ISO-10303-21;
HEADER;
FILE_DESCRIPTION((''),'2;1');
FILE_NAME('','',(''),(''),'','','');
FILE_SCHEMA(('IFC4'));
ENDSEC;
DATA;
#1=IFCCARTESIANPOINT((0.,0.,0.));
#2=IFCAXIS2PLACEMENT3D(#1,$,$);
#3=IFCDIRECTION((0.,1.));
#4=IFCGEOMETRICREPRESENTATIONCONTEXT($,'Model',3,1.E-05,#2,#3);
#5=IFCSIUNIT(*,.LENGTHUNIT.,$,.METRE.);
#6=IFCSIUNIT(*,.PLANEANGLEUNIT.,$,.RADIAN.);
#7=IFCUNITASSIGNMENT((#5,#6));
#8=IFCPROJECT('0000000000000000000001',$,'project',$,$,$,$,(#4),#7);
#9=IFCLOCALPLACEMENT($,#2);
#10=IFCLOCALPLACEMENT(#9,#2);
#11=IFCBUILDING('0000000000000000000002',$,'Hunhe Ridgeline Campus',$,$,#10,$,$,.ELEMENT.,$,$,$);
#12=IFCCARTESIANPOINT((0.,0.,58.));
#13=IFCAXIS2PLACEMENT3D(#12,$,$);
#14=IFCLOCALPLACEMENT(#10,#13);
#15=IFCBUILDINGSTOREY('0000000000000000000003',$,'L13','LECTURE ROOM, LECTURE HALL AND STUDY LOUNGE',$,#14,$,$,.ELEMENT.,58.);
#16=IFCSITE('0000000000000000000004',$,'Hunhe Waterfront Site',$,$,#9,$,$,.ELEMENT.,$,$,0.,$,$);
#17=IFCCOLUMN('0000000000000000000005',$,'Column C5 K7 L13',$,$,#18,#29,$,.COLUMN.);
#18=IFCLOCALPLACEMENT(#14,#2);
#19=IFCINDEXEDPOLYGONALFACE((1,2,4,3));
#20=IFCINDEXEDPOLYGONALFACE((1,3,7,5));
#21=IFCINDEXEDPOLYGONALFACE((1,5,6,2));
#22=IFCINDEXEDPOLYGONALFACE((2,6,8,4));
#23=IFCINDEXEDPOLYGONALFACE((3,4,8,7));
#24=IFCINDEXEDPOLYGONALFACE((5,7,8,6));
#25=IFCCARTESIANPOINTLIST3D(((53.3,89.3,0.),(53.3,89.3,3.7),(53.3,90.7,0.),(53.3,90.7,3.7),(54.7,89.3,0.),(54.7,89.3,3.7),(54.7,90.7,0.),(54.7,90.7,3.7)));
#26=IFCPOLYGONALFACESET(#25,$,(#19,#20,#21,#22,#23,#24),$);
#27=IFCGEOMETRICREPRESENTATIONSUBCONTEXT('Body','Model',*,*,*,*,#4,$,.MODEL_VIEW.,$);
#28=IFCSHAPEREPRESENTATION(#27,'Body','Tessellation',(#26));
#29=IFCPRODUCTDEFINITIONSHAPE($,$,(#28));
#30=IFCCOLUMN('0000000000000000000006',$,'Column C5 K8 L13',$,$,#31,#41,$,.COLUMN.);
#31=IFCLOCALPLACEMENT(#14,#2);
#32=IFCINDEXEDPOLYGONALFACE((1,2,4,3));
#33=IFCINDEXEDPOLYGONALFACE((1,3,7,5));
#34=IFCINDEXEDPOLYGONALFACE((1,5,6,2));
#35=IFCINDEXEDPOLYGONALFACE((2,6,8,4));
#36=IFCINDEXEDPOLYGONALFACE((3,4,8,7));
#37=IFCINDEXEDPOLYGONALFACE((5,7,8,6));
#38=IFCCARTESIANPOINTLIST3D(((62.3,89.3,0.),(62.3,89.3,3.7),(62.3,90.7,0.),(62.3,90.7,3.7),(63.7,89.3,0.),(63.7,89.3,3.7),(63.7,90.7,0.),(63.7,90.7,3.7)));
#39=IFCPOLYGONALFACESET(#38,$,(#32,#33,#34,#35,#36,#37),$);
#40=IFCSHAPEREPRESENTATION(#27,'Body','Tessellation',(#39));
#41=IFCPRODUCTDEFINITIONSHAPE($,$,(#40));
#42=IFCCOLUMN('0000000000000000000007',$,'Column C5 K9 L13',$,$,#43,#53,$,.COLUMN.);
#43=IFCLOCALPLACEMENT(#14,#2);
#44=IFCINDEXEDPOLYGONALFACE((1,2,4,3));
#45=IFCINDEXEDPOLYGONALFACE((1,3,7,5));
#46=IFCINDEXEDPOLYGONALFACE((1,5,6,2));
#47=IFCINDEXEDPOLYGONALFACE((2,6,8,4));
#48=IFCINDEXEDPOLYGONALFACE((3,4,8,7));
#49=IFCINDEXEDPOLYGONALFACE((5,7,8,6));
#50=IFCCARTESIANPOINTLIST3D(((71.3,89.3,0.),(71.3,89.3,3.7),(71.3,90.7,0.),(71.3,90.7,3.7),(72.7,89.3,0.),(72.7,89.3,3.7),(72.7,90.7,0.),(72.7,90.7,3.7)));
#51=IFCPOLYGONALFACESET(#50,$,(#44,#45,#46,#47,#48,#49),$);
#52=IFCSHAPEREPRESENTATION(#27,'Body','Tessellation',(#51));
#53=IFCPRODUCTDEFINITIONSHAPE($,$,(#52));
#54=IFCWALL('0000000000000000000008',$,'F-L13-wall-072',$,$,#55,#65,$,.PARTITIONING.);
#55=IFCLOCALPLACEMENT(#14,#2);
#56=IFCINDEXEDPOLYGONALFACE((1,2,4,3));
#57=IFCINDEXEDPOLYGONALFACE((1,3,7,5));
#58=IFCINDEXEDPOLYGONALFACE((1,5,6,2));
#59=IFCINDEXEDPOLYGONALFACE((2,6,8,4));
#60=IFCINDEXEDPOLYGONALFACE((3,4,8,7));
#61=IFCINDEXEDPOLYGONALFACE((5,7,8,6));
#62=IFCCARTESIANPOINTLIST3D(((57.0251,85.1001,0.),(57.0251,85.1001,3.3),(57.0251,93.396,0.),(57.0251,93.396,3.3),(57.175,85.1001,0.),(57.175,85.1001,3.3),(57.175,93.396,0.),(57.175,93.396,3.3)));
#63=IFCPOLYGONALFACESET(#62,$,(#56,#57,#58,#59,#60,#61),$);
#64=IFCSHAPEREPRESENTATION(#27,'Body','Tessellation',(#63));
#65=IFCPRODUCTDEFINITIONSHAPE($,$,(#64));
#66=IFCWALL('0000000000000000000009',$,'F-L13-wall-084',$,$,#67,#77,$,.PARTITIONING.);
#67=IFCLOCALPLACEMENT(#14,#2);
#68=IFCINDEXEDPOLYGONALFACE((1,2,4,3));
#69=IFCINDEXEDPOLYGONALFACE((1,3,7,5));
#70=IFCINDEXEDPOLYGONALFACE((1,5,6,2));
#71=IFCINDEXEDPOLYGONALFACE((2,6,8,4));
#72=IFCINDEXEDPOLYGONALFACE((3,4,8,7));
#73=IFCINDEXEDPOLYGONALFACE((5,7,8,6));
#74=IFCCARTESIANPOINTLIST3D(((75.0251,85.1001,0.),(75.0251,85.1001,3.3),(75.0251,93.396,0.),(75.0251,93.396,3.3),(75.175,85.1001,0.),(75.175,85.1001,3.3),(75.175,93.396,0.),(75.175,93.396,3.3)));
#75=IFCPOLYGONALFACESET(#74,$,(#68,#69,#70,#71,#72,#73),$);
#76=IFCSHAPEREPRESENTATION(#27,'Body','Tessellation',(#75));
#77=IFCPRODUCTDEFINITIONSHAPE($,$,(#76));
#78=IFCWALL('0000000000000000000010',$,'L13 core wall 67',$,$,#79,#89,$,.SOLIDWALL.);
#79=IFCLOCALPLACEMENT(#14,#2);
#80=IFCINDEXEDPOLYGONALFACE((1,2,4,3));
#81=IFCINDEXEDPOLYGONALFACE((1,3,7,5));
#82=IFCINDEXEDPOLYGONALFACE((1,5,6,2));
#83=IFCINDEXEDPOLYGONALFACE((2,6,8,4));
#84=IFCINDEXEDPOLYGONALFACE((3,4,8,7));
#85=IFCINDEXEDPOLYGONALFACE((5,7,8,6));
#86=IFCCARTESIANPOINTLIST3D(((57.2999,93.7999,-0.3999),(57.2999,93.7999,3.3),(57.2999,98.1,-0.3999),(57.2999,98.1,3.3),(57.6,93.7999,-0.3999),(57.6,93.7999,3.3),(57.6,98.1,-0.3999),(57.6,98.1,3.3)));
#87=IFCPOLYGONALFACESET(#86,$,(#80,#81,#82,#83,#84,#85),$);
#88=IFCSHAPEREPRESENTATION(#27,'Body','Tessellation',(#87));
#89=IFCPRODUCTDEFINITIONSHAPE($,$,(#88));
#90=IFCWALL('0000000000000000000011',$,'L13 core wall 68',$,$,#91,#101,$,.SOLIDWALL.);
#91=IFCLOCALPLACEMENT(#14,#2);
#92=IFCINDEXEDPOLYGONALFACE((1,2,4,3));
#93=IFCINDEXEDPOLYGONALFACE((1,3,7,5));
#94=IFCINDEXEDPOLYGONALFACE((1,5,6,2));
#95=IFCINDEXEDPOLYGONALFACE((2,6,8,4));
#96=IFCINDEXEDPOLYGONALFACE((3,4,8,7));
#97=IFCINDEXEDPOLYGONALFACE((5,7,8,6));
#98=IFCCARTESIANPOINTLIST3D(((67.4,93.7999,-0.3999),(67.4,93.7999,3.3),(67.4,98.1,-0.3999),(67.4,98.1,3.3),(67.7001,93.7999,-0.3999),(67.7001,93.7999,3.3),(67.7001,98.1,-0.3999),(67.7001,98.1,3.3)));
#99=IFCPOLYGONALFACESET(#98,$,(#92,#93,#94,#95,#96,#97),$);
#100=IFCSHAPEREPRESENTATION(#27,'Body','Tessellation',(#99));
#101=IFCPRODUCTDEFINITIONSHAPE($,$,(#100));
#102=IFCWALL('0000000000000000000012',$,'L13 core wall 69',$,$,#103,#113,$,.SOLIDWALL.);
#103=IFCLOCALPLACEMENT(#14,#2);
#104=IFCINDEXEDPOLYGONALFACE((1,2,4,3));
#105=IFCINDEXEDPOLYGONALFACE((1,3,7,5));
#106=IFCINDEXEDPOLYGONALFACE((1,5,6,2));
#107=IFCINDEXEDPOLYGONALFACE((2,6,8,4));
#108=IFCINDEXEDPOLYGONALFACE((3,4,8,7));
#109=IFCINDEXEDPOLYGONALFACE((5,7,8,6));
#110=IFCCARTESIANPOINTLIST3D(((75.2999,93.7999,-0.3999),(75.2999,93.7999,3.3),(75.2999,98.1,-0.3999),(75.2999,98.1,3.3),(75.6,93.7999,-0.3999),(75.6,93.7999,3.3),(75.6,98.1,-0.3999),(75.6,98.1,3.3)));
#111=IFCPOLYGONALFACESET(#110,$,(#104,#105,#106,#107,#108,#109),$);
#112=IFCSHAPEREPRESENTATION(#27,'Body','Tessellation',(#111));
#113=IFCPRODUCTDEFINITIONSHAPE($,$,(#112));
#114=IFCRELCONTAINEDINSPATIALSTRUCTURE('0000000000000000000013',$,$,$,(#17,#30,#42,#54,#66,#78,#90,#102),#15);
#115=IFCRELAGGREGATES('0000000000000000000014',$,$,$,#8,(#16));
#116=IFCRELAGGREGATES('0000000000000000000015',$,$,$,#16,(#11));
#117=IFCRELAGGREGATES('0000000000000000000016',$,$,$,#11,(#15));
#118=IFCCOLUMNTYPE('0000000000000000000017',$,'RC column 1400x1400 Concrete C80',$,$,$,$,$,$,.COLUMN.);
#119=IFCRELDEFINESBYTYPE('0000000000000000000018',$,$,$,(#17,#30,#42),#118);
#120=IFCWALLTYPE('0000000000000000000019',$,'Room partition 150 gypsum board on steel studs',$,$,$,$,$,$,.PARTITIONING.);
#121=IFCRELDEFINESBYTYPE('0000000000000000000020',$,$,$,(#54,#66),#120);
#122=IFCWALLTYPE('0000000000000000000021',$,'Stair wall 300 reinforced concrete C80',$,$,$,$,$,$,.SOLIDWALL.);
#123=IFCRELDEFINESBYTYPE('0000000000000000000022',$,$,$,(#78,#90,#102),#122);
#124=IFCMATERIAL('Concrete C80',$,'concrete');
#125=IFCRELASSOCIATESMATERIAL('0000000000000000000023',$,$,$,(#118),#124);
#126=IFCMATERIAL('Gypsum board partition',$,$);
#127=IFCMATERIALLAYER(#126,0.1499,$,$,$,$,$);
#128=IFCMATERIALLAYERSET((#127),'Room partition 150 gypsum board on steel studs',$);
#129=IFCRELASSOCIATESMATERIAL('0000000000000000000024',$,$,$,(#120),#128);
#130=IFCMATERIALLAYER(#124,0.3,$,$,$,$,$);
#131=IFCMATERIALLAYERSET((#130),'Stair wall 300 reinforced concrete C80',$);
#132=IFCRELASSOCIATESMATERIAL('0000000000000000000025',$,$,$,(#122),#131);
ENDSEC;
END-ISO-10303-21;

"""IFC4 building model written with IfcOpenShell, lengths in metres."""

from ifc_helpers import new_model, si_unit, direction, frame, frame_2d, origin, origin_2d, place, context, subcontext, project, spatial, rectangle, extrude, material, layer, layer_set, material_profile, profile_set, type_object, element, save


model = new_model("IFC4")

# Units and contexts
model_context = context("Model", 3, precision=1e-05, world=origin(), true_north=direction((0.0, 1.0)))
body_context = subcontext(model_context, "Body", "Model", "MODEL_VIEW")
ifc_project = project(units=[si_unit("LENGTHUNIT", "METRE"), si_unit("PLANEANGLEUNIT", "RADIAN")], contexts=[model_context])

# Site, building, storey
site_placement = place(None, origin())
site = spatial("IfcSite", under=ifc_project, at=site_placement, Name="Hunhe Waterfront Site", CompositionType="ELEMENT", RefElevation=0.0)
building_placement = place(site_placement, origin())
building = spatial("IfcBuilding", under=site, at=building_placement, Name="Hunhe Ridgeline Campus", CompositionType="ELEMENT")
storey_placement = place(building_placement, frame((0.0, 0.0, 58.0)))
storey = spatial("IfcBuildingStorey", under=building, at=storey_placement, Name="L13", Description="LECTURE ROOM, LECTURE HALL AND STUDY LOUNGE", CompositionType="ELEMENT", Elevation=58.0)

# Columns
ifc_material_1 = material(Name="Concrete C80", Category="concrete")
ifc_material_profile = material_profile(ifc_material_1, rectangle(XDim=1.3999, YDim=1.3999, at=origin_2d()))
ifc_profile_set = profile_set([ifc_material_profile], Name="Concrete C80")
column_type = type_object("IfcColumnType", Name="RC column 1400x1400 Concrete C80", PredefinedType="COLUMN", material=ifc_profile_set)
for number, where, z_axis, x_axis, name in (
    (1, (54.0, 90.0, 0.0), (0.0, 0.0, 1.0), (1.0, 0.0, 0.0), "Column C5 K7 L13"),
    (2, (63.0, 90.0, 0.0), (0.0, 0.0, 1.0), (1.0, 0.0, 0.0), "Column C5 K8 L13"),
    (3, (72.0, 90.0, 0.0), (0.0, 0.0, 1.0), (1.0, 0.0, 0.0), "Column C5 K9 L13"),
):
    element("IfcColumn", number, at=place(storey_placement, frame(where, z_axis=z_axis, x_axis=x_axis)), inside=storey, type_object=column_type, Name=name, PredefinedType="COLUMN", context=body_context, shape_type="SweptSolid", body=[
        extrude(rectangle(XDim=1.3999, YDim=1.3999, at=origin_2d()), origin(), (0.0, 0.0, 1.0), 3.7),
    ])

# Shared definitions
ifc_material_2 = material(Name="Gypsum board partition")

# Walls
ifc_layer_1 = layer(ifc_material_2, 0.1499)
ifc_layer_set_1 = layer_set([ifc_layer_1], Name="Room partition 150 gypsum board on steel studs")
wall_type_1 = type_object("IfcWallType", Name="Room partition 150 gypsum board on steel studs", PredefinedType="PARTITIONING", material=ifc_layer_set_1)
for number, where, z_axis, x_axis, name in (
    (4, (57.1001, 93.396, 0.0), (0.0, 0.0, 1.0), (0.0, -1.0, 0.0), "F-L13-wall-072"),
    (5, (75.1001, 93.396, 0.0), (0.0, 0.0, 1.0), (0.0, -1.0, 0.0), "F-L13-wall-084"),
):
    element("IfcWall", number, at=place(storey_placement, frame(where, z_axis=z_axis, x_axis=x_axis)), inside=storey, type_object=wall_type_1, Name=name, PredefinedType="PARTITIONING", context=body_context, shape_type="SweptSolid", body=[
        extrude(rectangle(XDim=8.2959, YDim=0.1499, at=frame_2d((4.1479, 0.0))), origin(), (0.0, 0.0, 1.0), 3.3),
    ])

# Shared definitions
ifc_layer_2 = layer(ifc_material_1, 0.3)
ifc_layer_set_2 = layer_set([ifc_layer_2], Name="Stair wall 300 reinforced concrete C80")
wall_type_2 = type_object("IfcWallType", Name="Stair wall 300 reinforced concrete C80", PredefinedType="SOLIDWALL", material=ifc_layer_set_2)

# Walls
for number, where, z_axis, x_axis, name in (
    (6, (57.45, 93.8, -0.3999), (0.0, 0.0, 1.0), (0.0, 1.0, 0.0), "L13 core wall 67"),
    (7, (67.55, 93.8, -0.3999), (0.0, 0.0, 1.0), (0.0, 1.0, 0.0), "L13 core wall 68"),
    (8, (75.45, 93.8, -0.3999), (0.0, 0.0, 1.0), (0.0, 1.0, 0.0), "L13 core wall 69"),
):
    element("IfcWall", number, at=place(storey_placement, frame(where, z_axis=z_axis, x_axis=x_axis)), inside=storey, type_object=wall_type_2, Name=name, PredefinedType="SOLIDWALL", context=body_context, shape_type="SweptSolid", body=[
        extrude(rectangle(XDim=4.3, YDim=0.3, at=frame_2d((2.1499, 0.0))), origin(), (0.0, 0.0, 1.0), 3.7),
    ])

save(model, "model.ifc")
